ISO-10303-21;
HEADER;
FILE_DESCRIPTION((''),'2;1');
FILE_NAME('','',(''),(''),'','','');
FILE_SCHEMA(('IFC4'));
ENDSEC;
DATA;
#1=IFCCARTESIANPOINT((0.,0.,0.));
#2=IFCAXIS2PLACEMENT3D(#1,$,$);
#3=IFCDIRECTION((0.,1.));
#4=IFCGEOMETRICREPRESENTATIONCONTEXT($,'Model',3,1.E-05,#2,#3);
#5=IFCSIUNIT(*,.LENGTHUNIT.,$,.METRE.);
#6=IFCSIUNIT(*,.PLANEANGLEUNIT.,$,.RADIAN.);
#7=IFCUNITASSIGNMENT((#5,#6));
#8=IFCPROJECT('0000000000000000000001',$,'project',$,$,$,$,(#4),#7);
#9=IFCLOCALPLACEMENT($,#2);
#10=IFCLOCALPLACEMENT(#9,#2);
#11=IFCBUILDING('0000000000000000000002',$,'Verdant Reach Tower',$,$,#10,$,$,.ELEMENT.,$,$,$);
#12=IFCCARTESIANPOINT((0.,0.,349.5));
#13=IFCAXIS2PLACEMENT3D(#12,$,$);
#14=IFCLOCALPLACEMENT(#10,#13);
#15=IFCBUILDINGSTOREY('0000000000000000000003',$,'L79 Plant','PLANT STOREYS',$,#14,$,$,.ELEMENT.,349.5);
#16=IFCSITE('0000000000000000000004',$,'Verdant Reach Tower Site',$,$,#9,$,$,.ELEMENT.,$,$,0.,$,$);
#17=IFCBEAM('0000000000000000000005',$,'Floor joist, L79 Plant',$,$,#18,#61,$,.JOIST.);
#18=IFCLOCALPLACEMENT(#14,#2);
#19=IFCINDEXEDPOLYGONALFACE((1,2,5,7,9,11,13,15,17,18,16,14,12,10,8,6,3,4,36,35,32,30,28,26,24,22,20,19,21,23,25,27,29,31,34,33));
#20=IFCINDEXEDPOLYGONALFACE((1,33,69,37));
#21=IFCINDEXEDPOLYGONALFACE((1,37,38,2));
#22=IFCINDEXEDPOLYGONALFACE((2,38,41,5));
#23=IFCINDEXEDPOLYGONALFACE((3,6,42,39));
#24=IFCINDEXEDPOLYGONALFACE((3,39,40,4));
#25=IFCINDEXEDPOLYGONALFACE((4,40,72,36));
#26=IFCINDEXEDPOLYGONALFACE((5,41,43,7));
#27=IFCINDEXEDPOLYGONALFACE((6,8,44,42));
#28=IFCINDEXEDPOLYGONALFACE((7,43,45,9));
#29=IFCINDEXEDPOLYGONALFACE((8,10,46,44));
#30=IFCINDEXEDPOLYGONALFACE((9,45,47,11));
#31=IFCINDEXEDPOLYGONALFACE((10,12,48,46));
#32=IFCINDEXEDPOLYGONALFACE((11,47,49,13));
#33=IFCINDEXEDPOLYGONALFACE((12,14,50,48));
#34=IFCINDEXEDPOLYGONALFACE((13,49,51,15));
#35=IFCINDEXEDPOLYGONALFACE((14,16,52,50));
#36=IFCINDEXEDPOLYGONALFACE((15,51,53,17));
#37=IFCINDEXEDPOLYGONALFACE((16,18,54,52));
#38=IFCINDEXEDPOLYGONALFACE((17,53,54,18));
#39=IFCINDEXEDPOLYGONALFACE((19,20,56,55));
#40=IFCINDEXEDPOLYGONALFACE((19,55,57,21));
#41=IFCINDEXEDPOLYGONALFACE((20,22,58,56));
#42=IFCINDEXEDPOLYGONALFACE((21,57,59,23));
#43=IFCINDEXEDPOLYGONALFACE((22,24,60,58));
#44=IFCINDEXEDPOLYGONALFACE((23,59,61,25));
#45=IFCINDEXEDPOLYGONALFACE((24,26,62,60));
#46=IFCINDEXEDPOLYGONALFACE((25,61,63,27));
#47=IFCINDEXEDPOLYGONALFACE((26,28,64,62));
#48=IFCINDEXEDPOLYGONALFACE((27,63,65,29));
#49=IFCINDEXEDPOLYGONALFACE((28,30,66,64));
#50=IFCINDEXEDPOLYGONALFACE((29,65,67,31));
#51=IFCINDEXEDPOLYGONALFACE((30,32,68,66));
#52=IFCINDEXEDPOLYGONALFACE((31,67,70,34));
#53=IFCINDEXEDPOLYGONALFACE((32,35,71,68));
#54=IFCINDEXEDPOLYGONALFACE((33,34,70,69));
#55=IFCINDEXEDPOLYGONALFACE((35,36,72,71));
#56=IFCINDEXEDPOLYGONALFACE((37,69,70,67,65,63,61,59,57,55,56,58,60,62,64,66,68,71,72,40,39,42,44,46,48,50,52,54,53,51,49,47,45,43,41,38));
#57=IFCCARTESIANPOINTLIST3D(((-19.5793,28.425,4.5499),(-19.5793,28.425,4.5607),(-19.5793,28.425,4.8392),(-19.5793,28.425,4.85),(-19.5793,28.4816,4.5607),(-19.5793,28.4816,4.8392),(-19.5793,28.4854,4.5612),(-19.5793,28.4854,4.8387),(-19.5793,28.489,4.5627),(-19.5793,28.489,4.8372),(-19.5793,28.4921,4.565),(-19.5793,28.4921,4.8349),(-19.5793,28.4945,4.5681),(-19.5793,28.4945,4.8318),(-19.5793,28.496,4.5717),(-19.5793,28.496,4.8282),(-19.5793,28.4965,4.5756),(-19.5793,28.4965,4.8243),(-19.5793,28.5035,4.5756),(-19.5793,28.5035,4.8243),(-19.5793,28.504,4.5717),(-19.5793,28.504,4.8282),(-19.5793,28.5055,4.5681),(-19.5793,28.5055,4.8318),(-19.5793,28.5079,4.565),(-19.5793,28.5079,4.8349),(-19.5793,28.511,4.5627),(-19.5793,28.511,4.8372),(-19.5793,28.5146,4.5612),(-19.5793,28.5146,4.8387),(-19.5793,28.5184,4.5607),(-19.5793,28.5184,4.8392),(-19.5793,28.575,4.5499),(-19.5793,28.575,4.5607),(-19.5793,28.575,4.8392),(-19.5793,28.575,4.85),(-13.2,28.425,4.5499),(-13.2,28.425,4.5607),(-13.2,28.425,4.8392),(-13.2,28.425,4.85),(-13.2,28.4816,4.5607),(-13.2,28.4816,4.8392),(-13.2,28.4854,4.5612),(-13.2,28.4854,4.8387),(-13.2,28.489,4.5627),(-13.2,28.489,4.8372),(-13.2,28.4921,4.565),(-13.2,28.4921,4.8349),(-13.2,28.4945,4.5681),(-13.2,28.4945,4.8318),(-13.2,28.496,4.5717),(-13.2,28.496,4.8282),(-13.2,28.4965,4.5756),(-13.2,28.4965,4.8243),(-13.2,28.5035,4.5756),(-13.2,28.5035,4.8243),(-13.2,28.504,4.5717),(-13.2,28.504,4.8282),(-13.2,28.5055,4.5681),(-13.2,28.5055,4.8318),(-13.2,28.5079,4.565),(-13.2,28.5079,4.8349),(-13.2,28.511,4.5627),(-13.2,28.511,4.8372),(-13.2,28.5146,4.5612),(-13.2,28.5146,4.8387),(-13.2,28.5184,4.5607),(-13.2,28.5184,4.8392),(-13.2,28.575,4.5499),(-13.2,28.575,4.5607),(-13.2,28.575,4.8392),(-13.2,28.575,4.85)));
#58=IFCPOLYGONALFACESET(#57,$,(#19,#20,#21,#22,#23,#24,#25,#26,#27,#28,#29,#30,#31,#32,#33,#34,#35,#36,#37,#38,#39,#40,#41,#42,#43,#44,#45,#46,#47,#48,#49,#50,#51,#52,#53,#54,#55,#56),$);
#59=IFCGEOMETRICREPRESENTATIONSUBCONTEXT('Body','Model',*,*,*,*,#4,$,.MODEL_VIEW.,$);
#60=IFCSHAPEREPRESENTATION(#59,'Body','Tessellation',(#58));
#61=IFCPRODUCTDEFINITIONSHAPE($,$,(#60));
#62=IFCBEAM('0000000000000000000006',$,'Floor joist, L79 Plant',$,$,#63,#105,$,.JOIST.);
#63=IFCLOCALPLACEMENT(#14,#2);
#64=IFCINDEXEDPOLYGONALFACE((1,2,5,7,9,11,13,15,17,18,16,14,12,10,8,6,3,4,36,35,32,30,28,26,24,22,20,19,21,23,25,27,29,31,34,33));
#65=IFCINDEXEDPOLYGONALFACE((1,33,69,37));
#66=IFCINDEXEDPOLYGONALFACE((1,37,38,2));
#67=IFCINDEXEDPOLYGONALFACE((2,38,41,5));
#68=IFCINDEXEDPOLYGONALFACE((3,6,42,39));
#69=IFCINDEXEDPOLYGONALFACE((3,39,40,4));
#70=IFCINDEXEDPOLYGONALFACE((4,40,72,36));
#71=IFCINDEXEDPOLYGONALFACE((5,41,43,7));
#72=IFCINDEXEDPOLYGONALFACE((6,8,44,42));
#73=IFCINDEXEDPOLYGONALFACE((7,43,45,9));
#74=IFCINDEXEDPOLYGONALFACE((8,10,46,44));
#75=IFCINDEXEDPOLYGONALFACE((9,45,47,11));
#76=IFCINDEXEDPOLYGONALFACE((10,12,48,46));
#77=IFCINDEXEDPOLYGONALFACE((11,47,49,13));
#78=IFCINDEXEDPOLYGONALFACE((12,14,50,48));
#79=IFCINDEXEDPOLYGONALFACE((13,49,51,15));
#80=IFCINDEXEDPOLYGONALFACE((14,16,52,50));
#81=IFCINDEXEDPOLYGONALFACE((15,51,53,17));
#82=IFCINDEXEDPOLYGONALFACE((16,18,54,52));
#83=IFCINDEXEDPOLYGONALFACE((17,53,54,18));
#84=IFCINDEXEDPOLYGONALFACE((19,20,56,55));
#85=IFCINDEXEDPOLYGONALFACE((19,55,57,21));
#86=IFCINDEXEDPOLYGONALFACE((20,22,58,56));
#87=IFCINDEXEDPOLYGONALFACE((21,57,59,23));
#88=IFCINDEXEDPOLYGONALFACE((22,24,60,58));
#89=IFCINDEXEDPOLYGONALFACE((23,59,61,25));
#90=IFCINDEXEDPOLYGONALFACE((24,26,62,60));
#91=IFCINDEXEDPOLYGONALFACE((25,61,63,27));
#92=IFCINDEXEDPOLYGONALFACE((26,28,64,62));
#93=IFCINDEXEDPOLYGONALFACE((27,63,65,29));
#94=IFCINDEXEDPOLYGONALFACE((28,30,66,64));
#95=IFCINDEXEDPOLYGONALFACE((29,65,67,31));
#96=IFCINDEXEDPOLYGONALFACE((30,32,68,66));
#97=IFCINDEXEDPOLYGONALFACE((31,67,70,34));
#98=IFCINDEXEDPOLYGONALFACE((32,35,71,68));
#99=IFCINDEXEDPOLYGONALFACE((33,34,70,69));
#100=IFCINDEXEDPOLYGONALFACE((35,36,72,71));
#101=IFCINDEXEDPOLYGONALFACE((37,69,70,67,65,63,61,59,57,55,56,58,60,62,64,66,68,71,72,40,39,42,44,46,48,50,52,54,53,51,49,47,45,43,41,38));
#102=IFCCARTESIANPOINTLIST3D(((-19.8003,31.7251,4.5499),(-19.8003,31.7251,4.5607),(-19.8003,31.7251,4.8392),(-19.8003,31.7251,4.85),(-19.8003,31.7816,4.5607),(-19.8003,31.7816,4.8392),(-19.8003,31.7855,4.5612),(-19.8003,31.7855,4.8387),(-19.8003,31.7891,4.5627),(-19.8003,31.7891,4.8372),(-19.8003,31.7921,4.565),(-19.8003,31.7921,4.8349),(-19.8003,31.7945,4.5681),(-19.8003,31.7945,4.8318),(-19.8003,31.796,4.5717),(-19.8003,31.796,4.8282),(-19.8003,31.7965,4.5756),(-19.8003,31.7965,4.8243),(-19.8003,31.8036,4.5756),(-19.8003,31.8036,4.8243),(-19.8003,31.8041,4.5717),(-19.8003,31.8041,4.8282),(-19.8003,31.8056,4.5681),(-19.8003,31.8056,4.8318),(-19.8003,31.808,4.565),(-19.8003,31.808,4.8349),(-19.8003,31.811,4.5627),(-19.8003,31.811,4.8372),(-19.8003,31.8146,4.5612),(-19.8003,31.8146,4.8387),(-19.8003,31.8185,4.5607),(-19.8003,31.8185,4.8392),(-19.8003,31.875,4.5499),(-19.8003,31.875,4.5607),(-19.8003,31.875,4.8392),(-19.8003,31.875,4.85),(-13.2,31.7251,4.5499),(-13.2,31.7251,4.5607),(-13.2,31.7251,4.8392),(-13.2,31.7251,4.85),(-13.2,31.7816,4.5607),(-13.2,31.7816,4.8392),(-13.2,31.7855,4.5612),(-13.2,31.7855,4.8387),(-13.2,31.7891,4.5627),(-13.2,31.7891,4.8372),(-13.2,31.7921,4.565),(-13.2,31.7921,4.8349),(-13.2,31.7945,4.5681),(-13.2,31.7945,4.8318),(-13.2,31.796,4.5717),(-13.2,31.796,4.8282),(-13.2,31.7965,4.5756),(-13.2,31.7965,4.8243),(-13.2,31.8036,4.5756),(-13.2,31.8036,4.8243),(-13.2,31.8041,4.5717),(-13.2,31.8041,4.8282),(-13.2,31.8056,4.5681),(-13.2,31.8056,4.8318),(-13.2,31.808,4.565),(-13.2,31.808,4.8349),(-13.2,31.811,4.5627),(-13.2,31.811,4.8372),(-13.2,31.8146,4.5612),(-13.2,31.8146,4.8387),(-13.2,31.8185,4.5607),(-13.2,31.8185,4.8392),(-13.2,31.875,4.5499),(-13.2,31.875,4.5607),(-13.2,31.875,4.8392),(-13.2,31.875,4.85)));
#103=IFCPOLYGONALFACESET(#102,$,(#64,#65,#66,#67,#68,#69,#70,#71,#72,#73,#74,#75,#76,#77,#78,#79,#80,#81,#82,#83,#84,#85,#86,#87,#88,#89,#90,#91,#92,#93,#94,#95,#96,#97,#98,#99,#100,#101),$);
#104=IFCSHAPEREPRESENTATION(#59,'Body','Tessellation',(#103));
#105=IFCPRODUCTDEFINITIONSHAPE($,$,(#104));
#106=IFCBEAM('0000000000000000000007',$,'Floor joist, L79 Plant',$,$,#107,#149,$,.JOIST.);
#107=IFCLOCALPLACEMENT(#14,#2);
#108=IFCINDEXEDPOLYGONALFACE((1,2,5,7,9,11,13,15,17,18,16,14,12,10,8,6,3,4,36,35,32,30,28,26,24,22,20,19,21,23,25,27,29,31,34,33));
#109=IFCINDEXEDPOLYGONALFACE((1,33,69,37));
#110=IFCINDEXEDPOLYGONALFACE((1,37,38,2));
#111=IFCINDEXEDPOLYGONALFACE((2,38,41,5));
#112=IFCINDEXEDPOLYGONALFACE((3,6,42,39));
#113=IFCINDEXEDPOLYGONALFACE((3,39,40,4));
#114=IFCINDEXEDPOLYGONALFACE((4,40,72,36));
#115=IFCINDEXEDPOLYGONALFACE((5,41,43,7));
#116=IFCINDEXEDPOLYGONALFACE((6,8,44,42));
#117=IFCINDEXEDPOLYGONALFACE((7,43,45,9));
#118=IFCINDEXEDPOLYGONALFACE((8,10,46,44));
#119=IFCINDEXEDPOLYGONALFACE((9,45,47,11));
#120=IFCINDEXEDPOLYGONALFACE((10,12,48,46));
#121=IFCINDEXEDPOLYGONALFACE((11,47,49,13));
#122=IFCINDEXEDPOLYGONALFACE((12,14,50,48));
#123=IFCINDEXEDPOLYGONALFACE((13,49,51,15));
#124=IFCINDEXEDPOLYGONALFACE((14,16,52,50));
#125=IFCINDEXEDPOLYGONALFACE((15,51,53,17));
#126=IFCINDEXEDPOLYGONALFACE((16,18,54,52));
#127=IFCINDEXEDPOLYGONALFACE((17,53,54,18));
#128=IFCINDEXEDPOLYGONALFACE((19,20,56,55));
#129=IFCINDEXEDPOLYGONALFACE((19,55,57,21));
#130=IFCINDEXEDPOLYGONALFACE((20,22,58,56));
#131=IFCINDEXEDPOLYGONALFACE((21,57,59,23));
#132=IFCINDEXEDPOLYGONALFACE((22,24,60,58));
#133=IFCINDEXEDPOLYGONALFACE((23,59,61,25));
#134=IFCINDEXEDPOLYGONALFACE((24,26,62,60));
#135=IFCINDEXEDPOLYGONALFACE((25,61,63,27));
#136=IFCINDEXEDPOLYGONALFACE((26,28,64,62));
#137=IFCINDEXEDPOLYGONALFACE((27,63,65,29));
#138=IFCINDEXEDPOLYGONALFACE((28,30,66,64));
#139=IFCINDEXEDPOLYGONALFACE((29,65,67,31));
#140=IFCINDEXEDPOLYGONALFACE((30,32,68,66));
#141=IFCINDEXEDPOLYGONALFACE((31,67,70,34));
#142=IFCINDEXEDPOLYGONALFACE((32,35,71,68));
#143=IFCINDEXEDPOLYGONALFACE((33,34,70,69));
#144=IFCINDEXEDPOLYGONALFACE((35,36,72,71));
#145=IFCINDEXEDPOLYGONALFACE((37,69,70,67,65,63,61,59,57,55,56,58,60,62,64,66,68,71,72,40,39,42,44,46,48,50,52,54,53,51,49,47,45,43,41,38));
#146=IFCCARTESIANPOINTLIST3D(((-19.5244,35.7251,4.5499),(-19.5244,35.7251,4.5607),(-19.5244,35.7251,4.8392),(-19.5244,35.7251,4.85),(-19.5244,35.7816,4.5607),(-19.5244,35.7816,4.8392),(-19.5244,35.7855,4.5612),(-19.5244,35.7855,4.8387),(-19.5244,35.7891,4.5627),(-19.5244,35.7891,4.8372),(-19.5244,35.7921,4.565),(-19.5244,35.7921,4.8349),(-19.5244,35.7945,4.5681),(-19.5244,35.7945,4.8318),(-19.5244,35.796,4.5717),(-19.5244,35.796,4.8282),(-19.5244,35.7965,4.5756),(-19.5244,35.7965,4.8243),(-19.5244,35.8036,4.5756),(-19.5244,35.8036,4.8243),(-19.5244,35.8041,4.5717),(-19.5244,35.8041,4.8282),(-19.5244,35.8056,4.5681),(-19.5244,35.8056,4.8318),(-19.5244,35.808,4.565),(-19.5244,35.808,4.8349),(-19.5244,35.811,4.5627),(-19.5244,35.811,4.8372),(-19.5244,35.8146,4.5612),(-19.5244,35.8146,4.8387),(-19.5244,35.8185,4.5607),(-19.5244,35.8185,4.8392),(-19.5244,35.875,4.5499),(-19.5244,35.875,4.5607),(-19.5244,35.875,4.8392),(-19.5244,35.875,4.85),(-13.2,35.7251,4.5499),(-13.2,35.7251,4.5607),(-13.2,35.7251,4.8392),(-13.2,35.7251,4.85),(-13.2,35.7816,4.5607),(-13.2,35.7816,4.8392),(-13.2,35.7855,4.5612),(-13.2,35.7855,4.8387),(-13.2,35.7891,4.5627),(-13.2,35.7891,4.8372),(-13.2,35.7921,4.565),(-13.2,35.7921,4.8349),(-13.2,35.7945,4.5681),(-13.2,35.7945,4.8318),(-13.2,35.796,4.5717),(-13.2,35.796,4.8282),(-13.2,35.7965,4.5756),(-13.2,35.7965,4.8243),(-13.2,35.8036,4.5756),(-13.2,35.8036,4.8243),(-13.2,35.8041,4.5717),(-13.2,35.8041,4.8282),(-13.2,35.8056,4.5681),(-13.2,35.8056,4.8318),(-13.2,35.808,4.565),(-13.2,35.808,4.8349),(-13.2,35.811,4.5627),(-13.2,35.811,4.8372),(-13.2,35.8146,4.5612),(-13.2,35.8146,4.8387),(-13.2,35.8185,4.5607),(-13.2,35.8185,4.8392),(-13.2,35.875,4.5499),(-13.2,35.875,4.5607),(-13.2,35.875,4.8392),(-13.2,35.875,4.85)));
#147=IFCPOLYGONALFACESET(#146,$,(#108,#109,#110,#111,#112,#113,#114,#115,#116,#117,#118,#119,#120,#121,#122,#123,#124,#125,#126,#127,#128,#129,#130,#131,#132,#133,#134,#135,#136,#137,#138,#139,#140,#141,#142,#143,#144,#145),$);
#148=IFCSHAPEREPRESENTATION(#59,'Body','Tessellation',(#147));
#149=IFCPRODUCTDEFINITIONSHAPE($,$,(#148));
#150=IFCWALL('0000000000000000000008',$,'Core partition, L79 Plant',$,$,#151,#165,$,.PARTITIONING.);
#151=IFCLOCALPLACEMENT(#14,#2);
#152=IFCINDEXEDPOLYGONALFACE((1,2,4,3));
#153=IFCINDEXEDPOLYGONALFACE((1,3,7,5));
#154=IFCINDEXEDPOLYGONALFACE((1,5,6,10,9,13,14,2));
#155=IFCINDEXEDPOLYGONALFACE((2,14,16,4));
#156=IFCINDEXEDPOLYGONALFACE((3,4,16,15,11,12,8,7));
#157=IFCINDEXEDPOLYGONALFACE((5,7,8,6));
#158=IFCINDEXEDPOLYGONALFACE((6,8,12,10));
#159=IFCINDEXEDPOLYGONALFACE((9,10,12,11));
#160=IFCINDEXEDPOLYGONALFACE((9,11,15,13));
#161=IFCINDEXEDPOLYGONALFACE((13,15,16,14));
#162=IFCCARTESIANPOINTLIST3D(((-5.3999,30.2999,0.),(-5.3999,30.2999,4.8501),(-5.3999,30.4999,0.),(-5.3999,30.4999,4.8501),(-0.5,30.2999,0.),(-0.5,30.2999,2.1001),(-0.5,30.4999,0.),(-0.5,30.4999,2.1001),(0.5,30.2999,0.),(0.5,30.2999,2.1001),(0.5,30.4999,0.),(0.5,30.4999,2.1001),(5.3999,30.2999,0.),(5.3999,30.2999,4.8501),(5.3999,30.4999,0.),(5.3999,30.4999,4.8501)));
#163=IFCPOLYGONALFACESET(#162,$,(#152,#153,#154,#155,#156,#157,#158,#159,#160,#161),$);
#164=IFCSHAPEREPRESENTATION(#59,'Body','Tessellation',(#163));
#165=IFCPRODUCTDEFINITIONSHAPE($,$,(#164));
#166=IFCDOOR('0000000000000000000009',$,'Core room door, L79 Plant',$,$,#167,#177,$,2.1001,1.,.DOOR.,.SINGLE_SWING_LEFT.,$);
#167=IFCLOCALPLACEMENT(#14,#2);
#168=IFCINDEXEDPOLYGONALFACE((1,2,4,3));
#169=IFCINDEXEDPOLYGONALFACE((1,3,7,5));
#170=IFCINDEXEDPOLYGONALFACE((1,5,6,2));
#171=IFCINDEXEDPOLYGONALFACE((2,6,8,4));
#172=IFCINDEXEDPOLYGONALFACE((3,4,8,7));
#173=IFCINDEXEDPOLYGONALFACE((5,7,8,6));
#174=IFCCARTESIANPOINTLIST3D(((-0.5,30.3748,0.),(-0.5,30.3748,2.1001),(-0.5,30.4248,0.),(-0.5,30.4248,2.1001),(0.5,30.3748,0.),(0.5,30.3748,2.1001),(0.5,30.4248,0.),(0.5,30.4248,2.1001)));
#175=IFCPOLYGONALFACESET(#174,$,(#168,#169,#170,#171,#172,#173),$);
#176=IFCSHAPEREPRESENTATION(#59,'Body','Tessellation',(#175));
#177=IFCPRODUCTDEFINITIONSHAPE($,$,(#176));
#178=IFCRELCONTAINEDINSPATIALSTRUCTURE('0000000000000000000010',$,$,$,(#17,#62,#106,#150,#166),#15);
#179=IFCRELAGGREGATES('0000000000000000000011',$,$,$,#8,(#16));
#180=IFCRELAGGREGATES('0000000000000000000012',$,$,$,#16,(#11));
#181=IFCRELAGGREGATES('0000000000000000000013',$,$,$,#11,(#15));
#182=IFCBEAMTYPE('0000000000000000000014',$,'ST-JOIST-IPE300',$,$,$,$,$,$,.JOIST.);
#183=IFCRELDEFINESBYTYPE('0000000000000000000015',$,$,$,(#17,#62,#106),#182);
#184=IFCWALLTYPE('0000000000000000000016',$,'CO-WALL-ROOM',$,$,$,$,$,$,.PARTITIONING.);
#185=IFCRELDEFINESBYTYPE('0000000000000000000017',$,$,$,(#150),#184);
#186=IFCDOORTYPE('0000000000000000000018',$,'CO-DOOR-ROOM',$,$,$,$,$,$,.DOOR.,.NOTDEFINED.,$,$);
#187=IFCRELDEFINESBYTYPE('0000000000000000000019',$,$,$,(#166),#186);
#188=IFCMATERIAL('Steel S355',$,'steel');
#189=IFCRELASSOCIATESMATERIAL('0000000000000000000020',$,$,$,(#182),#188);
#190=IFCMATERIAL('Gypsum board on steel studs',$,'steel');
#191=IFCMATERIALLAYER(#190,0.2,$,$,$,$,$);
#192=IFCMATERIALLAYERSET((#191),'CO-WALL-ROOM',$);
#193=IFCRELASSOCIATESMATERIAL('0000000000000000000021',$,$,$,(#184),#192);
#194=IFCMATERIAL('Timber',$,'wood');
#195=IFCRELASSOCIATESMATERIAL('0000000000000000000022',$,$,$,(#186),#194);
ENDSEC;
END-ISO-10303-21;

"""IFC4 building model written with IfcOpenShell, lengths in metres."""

from ifc_helpers import new_model, si_unit, direction, frame, frame_2d, origin, origin_2d, place, context, subcontext, project, spatial, rectangle, i_section, extrude, material, layer, layer_set, material_profile, profile_set, type_object, element, fill, save


model = new_model("IFC4")

# Units and contexts
model_context = context("Model", 3, precision=1e-05, world=origin(), true_north=direction((0.0, 1.0)))
body_context = subcontext(model_context, "Body", "Model", "MODEL_VIEW")
ifc_project = project(units=[si_unit("LENGTHUNIT", "METRE"), si_unit("PLANEANGLEUNIT", "RADIAN")], contexts=[model_context])

# Site, building, storey
site_placement = place(None, origin())
site = spatial("IfcSite", under=ifc_project, at=site_placement, Name="Verdant Reach Tower Site", CompositionType="ELEMENT", RefElevation=0.0)
building_placement = place(site_placement, origin())
building = spatial("IfcBuilding", under=site, at=building_placement, Name="Verdant Reach Tower", CompositionType="ELEMENT")
storey_placement = place(building_placement, frame((0.0, 0.0, 349.5)))
storey = spatial("IfcBuildingStorey", under=building, at=storey_placement, Name="L79 Plant", Description="PLANT STOREYS", CompositionType="ELEMENT", Elevation=349.5)

# Beams
ifc_material_1 = material(Name="Steel S355", Category="steel")
ifc_material_profile = material_profile(ifc_material_1, i_section(OverallWidth=0.1499, OverallDepth=0.3, WebThickness=0.0071, FlangeThickness=0.0107, FilletRadius=0.0149, at=origin_2d()), Name="IPE 300")
ifc_profile_set = profile_set([ifc_material_profile], Name="Steel S355")
beam_type = type_object("IfcBeamType", Name="ST-JOIST-IPE300", PredefinedType="JOIST", material=ifc_profile_set)
beam_1_placement = place(storey_placement, frame((-13.2, 28.5, 4.7), z_axis=(-1.0, 0.0, 0.0), x_axis=(0.0, -1.0, 0.0)))
element("IfcBeam", 1, at=beam_1_placement, inside=storey, type_object=beam_type, Name="Floor joist, L79 Plant", PredefinedType="JOIST", context=body_context, shape_type="SweptSolid", body=[
    extrude(i_section(OverallWidth=0.1499, OverallDepth=0.3, WebThickness=0.0071, FlangeThickness=0.0107, FilletRadius=0.0149, at=origin_2d()), origin(), (0.0, 0.0, 1.0), 6.3794),
])
beam_2_placement = place(storey_placement, frame((-13.2, 31.8, 4.7), z_axis=(-1.0, 0.0, 0.0), x_axis=(0.0, -1.0, 0.0)))
element("IfcBeam", 2, at=beam_2_placement, inside=storey, type_object=beam_type, Name="Floor joist, L79 Plant", PredefinedType="JOIST", context=body_context, shape_type="SweptSolid", body=[
    extrude(i_section(OverallWidth=0.1499, OverallDepth=0.3, WebThickness=0.0071, FlangeThickness=0.0107, FilletRadius=0.0149, at=origin_2d()), origin(), (0.0, 0.0, 1.0), 6.6003),
])
beam_3_placement = place(storey_placement, frame((-13.2, 35.8, 4.7), z_axis=(-1.0, 0.0, 0.0), x_axis=(0.0, -1.0, 0.0)))
element("IfcBeam", 3, at=beam_3_placement, inside=storey, type_object=beam_type, Name="Floor joist, L79 Plant", PredefinedType="JOIST", context=body_context, shape_type="SweptSolid", body=[
    extrude(i_section(OverallWidth=0.1499, OverallDepth=0.3, WebThickness=0.0071, FlangeThickness=0.0107, FilletRadius=0.0149, at=origin_2d()), origin(), (0.0, 0.0, 1.0), 6.3245),
])

# Wall, opening, door
ifc_material_2 = material(Name="Gypsum board on steel studs", Category="steel")
ifc_layer_1 = layer(ifc_material_2, 0.2)
ifc_layer_set_1 = layer_set([ifc_layer_1], Name="CO-WALL-ROOM")
wall_type_1 = type_object("IfcWallType", Name="CO-WALL-ROOM", PredefinedType="PARTITIONING", material=ifc_layer_set_1)
wall_1_placement = place(storey_placement, frame((-5.3999, 30.3999, 0.0), z_axis=(0.0, 0.0, 1.0), x_axis=(1.0, 0.0, 0.0)))
wall_1 = element("IfcWall", 4, at=wall_1_placement, inside=storey, type_object=wall_type_1, Name="Core partition, L79 Plant", PredefinedType="PARTITIONING", context=body_context, shape_type="SweptSolid", body=[
    extrude(rectangle(XDim=10.7998, YDim=0.2, at=frame_2d((5.3999, 0.0))), origin(), (0.0, 0.0, 1.0), 4.8501),
])
opening_1_placement = place(wall_1_placement, frame((4.8999, 0.0, 0.0)))
opening_1 = element("IfcOpeningElement", 5, at=opening_1_placement, cuts=wall_1, PredefinedType="OPENING", context=body_context, shape_type="SweptSolid", body=[
    extrude(rectangle(XDim=1.0, YDim=2.1001, at=frame_2d((0.5, 1.05))), frame((0.0, 0.1099, 0.0), z_axis=(0.0, -1.0, 0.0), x_axis=(1.0, 0.0, 0.0)), (0.0, 0.0, 1.0), 0.22),
])
ifc_material_3 = material(Name="Timber", Category="wood")
door_type_1 = type_object("IfcDoorType", Name="CO-DOOR-ROOM", OperationType="NOTDEFINED", PredefinedType="DOOR", material=ifc_material_3)
door_1_placement = place(opening_1_placement, origin())
door_1 = element("IfcDoor", 6, at=door_1_placement, inside=storey, type_object=door_type_1, Name="Core room door, L79 Plant", OperationType="SINGLE_SWING_LEFT", OverallHeight=2.1001, OverallWidth=1.0, PredefinedType="DOOR", context=body_context, shape_type="SweptSolid", body=[
    extrude(rectangle(XDim=1.0, YDim=2.1001, at=frame_2d((0.5, 1.05))), frame((0.0, 0.0249, 0.0), z_axis=(0.0, -1.0, 0.0), x_axis=(1.0, 0.0, 0.0)), (0.0, 0.0, 1.0), 0.05),
])
fill(opening_1, door_1)

save(model, "model.ifc")
